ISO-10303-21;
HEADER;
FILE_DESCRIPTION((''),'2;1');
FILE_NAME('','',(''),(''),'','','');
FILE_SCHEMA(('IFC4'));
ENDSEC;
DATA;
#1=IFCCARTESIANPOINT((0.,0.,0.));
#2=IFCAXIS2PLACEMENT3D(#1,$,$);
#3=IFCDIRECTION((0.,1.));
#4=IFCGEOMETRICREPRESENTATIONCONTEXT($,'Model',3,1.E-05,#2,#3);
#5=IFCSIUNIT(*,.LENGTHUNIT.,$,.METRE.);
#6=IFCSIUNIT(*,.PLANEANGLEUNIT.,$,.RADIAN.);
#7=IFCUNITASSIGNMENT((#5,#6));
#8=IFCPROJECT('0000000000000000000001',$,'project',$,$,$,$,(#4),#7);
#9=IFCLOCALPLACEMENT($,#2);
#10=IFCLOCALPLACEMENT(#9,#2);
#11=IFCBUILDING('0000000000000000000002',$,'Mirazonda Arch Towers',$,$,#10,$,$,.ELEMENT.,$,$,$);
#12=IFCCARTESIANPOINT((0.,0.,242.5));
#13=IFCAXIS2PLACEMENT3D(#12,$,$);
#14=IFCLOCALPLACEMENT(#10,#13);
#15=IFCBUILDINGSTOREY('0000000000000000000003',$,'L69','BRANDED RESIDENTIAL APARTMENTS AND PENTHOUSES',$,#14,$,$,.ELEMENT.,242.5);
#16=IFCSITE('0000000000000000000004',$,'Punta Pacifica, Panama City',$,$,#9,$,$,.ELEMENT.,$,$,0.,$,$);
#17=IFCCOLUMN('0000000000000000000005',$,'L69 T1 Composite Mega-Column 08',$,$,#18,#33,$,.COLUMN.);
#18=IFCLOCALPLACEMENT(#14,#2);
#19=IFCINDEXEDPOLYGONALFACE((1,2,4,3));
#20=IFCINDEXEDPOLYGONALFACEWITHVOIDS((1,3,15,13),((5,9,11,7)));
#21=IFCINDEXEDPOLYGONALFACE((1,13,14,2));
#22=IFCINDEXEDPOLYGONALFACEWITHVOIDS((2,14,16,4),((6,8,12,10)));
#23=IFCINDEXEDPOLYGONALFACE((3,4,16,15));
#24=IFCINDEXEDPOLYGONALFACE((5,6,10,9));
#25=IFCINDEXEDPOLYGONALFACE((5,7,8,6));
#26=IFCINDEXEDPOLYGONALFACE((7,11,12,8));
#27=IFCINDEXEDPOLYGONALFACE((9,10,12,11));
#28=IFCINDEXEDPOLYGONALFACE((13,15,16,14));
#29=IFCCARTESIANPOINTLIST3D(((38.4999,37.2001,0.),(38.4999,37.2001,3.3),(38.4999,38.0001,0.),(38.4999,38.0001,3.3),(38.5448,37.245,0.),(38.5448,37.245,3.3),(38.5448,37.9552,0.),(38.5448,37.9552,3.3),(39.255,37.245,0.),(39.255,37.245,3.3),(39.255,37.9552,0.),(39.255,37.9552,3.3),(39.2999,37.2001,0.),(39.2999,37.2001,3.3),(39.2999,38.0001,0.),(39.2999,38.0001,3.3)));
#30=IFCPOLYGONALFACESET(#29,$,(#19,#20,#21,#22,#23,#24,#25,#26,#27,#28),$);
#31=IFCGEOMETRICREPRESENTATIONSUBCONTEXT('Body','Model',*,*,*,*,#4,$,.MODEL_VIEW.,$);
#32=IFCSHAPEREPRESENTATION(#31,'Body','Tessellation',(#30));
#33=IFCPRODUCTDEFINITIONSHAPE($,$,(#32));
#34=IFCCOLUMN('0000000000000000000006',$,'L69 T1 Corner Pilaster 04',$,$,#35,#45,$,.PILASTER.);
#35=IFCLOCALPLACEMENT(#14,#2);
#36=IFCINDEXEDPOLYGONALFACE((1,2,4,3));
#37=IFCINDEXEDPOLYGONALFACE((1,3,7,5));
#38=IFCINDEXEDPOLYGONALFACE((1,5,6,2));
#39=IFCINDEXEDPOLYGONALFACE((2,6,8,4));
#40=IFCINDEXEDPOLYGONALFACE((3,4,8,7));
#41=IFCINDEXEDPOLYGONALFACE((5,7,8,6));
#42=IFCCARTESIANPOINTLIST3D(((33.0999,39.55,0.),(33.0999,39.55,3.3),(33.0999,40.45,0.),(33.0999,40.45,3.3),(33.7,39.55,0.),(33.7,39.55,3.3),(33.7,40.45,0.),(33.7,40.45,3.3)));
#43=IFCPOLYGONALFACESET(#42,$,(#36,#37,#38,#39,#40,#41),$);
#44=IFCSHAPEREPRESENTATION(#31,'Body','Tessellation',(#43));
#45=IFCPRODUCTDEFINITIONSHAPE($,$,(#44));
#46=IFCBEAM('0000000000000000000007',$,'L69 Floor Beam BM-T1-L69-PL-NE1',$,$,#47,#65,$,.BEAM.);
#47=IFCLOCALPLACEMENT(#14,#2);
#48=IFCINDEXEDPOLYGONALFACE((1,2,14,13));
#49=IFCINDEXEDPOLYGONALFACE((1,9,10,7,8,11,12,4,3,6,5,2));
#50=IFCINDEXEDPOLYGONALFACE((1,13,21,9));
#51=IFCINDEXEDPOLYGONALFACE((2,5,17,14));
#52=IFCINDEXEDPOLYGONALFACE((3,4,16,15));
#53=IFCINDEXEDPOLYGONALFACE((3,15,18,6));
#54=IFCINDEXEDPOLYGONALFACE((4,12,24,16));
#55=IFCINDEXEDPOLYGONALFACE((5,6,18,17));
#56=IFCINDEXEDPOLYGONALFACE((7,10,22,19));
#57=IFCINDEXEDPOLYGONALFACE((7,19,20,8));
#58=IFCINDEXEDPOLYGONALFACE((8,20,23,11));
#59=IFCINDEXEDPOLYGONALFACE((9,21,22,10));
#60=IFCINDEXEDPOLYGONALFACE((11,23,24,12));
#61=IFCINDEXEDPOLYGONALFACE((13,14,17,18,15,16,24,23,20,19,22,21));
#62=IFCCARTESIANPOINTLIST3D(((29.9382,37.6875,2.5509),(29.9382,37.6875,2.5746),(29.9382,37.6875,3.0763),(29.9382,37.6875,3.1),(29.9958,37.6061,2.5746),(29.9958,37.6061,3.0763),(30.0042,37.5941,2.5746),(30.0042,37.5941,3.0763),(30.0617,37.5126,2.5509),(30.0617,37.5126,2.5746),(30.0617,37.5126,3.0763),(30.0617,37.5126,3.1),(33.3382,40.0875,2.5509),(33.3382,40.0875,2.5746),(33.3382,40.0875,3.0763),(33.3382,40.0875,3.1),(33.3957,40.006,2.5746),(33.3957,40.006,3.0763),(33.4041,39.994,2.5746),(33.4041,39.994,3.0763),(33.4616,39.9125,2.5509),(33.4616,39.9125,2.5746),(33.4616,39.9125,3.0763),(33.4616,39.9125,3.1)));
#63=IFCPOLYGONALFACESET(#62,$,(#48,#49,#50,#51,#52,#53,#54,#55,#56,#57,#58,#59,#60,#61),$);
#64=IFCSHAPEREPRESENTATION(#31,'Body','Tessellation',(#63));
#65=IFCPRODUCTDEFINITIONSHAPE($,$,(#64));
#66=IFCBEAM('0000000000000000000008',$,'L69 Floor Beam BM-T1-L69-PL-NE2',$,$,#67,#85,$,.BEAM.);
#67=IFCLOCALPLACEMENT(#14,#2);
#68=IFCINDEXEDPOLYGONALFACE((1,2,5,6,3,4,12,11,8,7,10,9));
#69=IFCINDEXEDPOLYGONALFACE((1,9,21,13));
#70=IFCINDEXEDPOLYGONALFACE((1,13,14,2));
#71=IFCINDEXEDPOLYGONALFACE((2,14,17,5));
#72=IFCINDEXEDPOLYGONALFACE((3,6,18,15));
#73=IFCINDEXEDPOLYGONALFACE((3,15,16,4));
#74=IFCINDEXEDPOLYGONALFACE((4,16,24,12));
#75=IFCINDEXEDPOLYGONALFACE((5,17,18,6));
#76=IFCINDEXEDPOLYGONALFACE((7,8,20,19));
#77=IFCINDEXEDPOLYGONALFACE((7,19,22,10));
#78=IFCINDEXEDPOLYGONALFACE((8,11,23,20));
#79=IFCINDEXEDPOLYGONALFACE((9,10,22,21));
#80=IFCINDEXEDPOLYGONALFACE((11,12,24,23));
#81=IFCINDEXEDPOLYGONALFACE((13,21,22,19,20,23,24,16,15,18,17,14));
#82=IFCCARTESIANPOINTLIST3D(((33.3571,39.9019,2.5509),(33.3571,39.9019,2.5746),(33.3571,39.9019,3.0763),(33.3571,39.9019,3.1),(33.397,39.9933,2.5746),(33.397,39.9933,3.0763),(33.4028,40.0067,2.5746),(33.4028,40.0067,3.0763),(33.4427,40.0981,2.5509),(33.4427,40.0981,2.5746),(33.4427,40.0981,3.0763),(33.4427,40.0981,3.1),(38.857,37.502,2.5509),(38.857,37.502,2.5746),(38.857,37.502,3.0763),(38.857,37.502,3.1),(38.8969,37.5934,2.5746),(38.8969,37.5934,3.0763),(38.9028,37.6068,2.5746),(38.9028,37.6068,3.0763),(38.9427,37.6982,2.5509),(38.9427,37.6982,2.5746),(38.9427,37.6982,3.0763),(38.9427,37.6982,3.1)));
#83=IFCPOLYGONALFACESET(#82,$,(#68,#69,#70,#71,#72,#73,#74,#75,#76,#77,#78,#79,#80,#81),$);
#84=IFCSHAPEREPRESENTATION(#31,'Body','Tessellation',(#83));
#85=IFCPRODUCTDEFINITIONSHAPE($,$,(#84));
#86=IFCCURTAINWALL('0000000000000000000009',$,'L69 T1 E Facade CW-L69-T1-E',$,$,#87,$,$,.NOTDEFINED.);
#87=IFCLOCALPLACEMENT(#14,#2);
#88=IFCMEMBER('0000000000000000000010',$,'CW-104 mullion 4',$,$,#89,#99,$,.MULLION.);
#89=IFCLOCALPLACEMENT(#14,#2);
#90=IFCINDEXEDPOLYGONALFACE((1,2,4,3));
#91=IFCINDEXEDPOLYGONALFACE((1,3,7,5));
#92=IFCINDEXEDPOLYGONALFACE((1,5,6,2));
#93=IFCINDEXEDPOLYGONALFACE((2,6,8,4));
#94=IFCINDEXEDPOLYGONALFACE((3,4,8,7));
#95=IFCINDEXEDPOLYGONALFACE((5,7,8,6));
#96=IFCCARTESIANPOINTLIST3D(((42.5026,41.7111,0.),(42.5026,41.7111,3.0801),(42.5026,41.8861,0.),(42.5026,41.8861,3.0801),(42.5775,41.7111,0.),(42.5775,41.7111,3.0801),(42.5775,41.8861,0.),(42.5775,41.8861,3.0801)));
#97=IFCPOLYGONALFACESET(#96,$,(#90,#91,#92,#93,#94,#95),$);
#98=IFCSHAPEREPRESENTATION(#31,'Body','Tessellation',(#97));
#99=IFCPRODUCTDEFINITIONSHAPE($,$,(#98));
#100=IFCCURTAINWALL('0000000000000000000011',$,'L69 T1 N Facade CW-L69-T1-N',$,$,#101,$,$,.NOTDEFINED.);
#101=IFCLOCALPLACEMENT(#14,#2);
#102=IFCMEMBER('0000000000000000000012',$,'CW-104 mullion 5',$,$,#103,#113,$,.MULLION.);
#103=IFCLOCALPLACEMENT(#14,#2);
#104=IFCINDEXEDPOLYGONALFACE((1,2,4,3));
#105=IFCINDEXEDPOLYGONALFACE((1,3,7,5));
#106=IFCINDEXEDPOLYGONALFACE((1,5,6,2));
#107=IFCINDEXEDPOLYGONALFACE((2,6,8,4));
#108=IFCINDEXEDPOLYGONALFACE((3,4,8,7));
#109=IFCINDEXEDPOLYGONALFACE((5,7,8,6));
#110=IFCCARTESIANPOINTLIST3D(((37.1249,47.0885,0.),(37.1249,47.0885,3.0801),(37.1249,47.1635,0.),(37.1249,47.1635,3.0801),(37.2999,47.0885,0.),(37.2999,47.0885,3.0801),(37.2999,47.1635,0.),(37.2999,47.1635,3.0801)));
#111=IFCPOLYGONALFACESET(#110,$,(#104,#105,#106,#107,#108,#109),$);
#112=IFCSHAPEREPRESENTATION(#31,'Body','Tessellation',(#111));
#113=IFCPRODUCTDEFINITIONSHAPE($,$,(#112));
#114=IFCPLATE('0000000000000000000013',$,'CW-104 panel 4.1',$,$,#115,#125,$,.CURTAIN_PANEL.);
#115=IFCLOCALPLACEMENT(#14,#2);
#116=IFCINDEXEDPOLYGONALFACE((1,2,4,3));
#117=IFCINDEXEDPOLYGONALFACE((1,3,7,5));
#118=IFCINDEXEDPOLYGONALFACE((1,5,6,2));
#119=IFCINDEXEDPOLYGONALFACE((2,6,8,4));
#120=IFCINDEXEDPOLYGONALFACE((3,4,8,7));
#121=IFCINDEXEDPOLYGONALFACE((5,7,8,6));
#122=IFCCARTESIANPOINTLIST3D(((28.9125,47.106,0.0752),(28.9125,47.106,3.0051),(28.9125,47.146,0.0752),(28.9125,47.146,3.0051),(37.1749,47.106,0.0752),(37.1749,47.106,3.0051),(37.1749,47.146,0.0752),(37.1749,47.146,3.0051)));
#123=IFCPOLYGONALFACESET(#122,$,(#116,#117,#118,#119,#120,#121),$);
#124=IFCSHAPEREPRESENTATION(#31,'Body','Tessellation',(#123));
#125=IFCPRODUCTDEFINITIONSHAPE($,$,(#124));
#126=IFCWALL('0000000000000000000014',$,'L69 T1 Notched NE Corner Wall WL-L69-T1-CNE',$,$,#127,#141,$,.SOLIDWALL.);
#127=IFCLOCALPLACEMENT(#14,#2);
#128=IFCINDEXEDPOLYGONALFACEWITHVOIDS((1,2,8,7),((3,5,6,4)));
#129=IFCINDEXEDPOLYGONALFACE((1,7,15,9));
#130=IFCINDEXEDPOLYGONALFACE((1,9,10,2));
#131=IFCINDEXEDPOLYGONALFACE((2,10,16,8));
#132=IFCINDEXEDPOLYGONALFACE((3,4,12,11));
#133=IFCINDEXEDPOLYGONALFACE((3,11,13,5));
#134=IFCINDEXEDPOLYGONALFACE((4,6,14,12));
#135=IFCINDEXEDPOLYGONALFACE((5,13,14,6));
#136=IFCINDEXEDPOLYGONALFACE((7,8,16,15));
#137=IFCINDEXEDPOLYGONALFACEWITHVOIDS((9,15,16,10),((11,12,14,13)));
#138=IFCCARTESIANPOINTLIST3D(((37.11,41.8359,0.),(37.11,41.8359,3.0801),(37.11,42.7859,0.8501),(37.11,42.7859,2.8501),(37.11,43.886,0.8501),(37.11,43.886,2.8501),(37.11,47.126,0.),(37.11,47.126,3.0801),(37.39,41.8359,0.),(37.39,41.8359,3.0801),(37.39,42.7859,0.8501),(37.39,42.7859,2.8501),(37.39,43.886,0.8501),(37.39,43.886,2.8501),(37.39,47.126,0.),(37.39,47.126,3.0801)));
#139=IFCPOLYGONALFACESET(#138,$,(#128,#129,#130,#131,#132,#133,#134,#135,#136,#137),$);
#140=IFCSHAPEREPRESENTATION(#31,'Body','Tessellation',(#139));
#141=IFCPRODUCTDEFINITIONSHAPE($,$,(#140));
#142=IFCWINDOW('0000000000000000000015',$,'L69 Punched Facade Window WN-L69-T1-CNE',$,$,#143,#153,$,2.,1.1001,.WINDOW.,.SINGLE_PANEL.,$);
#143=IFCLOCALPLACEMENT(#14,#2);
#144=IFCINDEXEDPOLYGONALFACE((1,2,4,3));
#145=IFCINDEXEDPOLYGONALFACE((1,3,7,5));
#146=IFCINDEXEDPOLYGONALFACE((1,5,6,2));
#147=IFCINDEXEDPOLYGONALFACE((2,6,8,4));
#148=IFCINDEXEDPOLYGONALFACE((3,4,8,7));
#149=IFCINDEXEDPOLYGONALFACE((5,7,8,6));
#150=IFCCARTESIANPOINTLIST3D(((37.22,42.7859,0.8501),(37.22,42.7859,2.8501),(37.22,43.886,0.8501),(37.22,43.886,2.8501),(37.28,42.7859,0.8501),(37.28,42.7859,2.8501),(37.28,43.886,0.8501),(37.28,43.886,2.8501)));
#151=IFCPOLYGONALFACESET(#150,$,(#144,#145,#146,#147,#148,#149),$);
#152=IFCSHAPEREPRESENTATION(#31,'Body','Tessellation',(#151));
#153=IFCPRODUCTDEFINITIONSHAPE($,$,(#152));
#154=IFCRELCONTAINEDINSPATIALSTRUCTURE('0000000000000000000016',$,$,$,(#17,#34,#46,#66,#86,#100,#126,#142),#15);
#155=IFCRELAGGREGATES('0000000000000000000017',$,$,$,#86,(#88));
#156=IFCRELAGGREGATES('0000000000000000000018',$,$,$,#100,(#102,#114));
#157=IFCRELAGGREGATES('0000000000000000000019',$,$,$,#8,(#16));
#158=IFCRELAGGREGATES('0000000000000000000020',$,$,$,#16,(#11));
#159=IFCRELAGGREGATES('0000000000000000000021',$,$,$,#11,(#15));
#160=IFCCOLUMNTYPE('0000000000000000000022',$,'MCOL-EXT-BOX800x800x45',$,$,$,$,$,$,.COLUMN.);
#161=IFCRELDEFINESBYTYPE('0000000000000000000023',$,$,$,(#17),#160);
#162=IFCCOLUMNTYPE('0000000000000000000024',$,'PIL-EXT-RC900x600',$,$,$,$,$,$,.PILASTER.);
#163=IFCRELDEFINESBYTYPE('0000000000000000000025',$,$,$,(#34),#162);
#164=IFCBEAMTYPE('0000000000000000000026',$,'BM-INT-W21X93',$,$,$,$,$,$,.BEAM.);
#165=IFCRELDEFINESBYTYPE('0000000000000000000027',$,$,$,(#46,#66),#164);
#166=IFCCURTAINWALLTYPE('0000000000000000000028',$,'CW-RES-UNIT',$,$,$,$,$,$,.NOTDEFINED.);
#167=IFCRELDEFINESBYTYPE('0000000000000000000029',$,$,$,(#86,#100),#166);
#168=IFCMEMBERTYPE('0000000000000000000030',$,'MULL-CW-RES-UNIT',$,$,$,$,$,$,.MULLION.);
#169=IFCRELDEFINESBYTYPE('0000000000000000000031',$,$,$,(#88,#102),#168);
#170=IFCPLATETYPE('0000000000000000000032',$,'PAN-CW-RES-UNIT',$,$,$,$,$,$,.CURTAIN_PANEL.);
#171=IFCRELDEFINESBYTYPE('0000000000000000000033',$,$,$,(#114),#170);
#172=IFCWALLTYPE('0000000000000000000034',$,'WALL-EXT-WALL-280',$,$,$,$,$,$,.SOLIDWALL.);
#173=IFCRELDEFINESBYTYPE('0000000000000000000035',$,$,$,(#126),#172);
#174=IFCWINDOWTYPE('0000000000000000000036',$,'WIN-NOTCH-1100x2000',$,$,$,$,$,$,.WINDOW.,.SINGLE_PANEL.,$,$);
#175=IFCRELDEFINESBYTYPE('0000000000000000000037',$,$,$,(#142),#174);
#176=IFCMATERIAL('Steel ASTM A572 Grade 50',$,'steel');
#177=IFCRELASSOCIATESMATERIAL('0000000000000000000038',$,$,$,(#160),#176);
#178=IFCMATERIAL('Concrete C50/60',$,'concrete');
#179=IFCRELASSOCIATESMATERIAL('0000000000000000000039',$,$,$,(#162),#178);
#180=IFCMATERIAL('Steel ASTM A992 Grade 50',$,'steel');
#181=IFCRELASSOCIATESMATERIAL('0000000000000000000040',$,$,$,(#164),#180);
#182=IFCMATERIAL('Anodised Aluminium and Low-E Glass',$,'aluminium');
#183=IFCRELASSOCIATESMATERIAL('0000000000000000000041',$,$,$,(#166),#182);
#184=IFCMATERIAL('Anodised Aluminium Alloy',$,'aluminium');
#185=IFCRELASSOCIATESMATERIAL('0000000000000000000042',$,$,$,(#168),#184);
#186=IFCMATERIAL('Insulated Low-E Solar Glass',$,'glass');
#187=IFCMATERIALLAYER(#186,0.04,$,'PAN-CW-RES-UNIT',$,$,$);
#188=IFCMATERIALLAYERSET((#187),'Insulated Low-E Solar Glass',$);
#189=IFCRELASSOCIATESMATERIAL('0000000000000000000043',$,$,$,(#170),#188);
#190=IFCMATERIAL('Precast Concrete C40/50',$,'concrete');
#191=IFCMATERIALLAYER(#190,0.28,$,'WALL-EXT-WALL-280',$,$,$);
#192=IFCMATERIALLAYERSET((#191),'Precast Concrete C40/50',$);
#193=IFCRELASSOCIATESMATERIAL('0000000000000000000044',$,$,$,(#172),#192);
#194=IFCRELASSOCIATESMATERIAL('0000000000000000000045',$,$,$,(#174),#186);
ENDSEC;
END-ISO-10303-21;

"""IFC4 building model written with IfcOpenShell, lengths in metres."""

from ifc_helpers import new_model, si_unit, direction, frame, frame_2d, origin, origin_2d, place, context, subcontext, project, spatial, rectangle, hollow_rectangle, i_section, extrude, material, layer, layer_set, material_profile, profile_set, type_object, element, fill, aggregate, save


model = new_model("IFC4")

# Units and contexts
model_context = context("Model", 3, precision=1e-05, world=origin(), true_north=direction((0.0, 1.0)))
body_context = subcontext(model_context, "Body", "Model", "MODEL_VIEW")
ifc_project = project(units=[si_unit("LENGTHUNIT", "METRE"), si_unit("PLANEANGLEUNIT", "RADIAN")], contexts=[model_context])

# Site, building, storey
site_placement = place(None, origin())
site = spatial("IfcSite", under=ifc_project, at=site_placement, Name="Punta Pacifica, Panama City", CompositionType="ELEMENT", RefElevation=0.0)
building_placement = place(site_placement, origin())
building = spatial("IfcBuilding", under=site, at=building_placement, Name="Mirazonda Arch Towers", CompositionType="ELEMENT")
storey_placement = place(building_placement, frame((0.0, 0.0, 242.5)))
storey = spatial("IfcBuildingStorey", under=building, at=storey_placement, Name="L69", Description="BRANDED RESIDENTIAL APARTMENTS AND PENTHOUSES", CompositionType="ELEMENT", Elevation=242.5)

# Columns
ifc_material_1 = material(Name="Steel ASTM A572 Grade 50", Category="steel")
ifc_material_profile_1 = material_profile(ifc_material_1, hollow_rectangle(XDim=0.8, YDim=0.8, WallThickness=0.0449, at=origin_2d()), Name="BOX800x800x45")
ifc_profile_set_1 = profile_set([ifc_material_profile_1], Name="Steel ASTM A572 Grade 50")
column_type_1 = type_object("IfcColumnType", Name="MCOL-EXT-BOX800x800x45", PredefinedType="COLUMN", material=ifc_profile_set_1)
column_1_placement = place(storey_placement, frame((38.8999, 37.6001, 0.0), z_axis=(0.0, 0.0, 1.0), x_axis=(1.0, 0.0, 0.0)))
element("IfcColumn", 1, at=column_1_placement, inside=storey, type_object=column_type_1, Name="L69 T1 Composite Mega-Column 08", PredefinedType="COLUMN", context=body_context, shape_type="SweptSolid", body=[
    extrude(hollow_rectangle(XDim=0.8, YDim=0.8, WallThickness=0.0449, at=origin_2d()), origin(), (0.0, 0.0, 1.0), 3.3),
])
ifc_material_2 = material(Name="Concrete C50/60", Category="concrete")
ifc_material_profile_2 = material_profile(ifc_material_2, rectangle(XDim=0.6001, YDim=0.8999, at=origin_2d()), Name="RC900x600")
ifc_profile_set_2 = profile_set([ifc_material_profile_2], Name="Concrete C50/60")
column_type_2 = type_object("IfcColumnType", Name="PIL-EXT-RC900x600", PredefinedType="PILASTER", material=ifc_profile_set_2)
column_2_placement = place(storey_placement, frame((33.3999, 40.0, 0.0), z_axis=(0.0, 0.0, 1.0), x_axis=(1.0, 0.0, 0.0)))
element("IfcColumn", 2, at=column_2_placement, inside=storey, type_object=column_type_2, Name="L69 T1 Corner Pilaster 04", PredefinedType="PILASTER", context=body_context, shape_type="SweptSolid", body=[
    extrude(rectangle(XDim=0.6001, YDim=0.8999, at=origin_2d()), origin(), (0.0, 0.0, 1.0), 3.3),
])

# Beams
ifc_material_3 = material(Name="Steel ASTM A992 Grade 50", Category="steel")
ifc_material_profile_3 = material_profile(ifc_material_3, i_section(OverallWidth=0.2141, OverallDepth=0.5491, WebThickness=0.0146, FlangeThickness=0.0237, at=origin_2d()), Name="W21X93")
ifc_profile_set_3 = profile_set([ifc_material_profile_3], Name="Steel ASTM A992 Grade 50")
beam_type = type_object("IfcBeamType", Name="BM-INT-W21X93", PredefinedType="BEAM", material=ifc_profile_set_3)
beam_1_placement = place(storey_placement, frame((33.3999, 40.0, 2.8254), z_axis=(-0.816971, -0.576679, 0.0), x_axis=(0.576679, -0.816971, 0.0)))
element("IfcBeam", 3, at=beam_1_placement, inside=storey, type_object=beam_type, Name="L69 Floor Beam BM-T1-L69-PL-NE1", PredefinedType="BEAM", context=body_context, shape_type="SweptSolid", body=[
    extrude(i_section(OverallWidth=0.2141, OverallDepth=0.5491, WebThickness=0.0146, FlangeThickness=0.0237, at=origin_2d()), origin(), (0.0, 0.0, 1.0), 4.1616),
])
beam_2_placement = place(storey_placement, frame((33.3999, 40.0, 2.8254), z_axis=(0.916545, -0.399931, 0.0), x_axis=(0.399931, 0.916545, 0.0)))
element("IfcBeam", 4, at=beam_2_placement, inside=storey, type_object=beam_type, Name="L69 Floor Beam BM-T1-L69-PL-NE2", PredefinedType="BEAM", context=body_context, shape_type="SweptSolid", body=[
    extrude(i_section(OverallWidth=0.2141, OverallDepth=0.5491, WebThickness=0.0146, FlangeThickness=0.0237, at=origin_2d()), origin(), (0.0, 0.0, 1.0), 6.0007),
])

# Curtain wall, member
ifc_material_4 = material(Name="Anodised Aluminium and Low-E Glass", Category="aluminium")
curtain_wall_type = type_object("IfcCurtainWallType", Name="CW-RES-UNIT", PredefinedType="NOTDEFINED", material=ifc_material_4)
curtain_wall_1_placement = place(storey_placement, origin())
curtain_wall_1 = element("IfcCurtainWall", 5, at=curtain_wall_1_placement, inside=storey, type_object=curtain_wall_type, Name="L69 T1 E Facade CW-L69-T1-E", PredefinedType="NOTDEFINED")
ifc_material_5 = material(Name="Anodised Aluminium Alloy", Category="aluminium")
ifc_material_profile_4 = material_profile(ifc_material_5, rectangle(XDim=0.075, YDim=0.175, at=origin_2d()), Name="ALU-MULL-75x175")
ifc_profile_set_4 = profile_set([ifc_material_profile_4], Name="Anodised Aluminium Alloy")
member_type = type_object("IfcMemberType", Name="MULL-CW-RES-UNIT", PredefinedType="MULLION", material=ifc_profile_set_4)
member_1_placement = place(storey_placement, frame((42.54, 41.7986, 0.0), z_axis=(0.0, 0.0, 1.0), x_axis=(-1.0, 0.0, 0.0)))
member_1 = element("IfcMember", 6, at=member_1_placement, type_object=member_type, Name="CW-104 mullion 4", PredefinedType="MULLION", context=body_context, shape_type="SweptSolid", body=[
    extrude(rectangle(XDim=0.075, YDim=0.175, at=origin_2d()), origin(), (0.0, 0.0, 1.0), 3.0801),
])
aggregate(curtain_wall_1, [member_1])

# Curtain wall, member, plate
curtain_wall_2_placement = place(storey_placement, origin())
curtain_wall_2 = element("IfcCurtainWall", 7, at=curtain_wall_2_placement, inside=storey, type_object=curtain_wall_type, Name="L69 T1 N Facade CW-L69-T1-N", PredefinedType="NOTDEFINED")
member_2_placement = place(storey_placement, frame((37.2124, 47.126, 0.0), z_axis=(0.0, 0.0, 1.0), x_axis=(0.0, 1.0, 0.0)))
member_2 = element("IfcMember", 8, at=member_2_placement, type_object=member_type, Name="CW-104 mullion 5", PredefinedType="MULLION", context=body_context, shape_type="SweptSolid", body=[
    extrude(rectangle(XDim=0.075, YDim=0.175, at=origin_2d()), origin(), (0.0, 0.0, 1.0), 3.0801),
])
ifc_material_6 = material(Name="Insulated Low-E Solar Glass", Category="glass")
ifc_layer_1 = layer(ifc_material_6, 0.04, Name="PAN-CW-RES-UNIT")
ifc_layer_set_1 = layer_set([ifc_layer_1], Name="Insulated Low-E Solar Glass")
plate_type = type_object("IfcPlateType", Name="PAN-CW-RES-UNIT", PredefinedType="CURTAIN_PANEL", material=ifc_layer_set_1)
plate_placement = place(storey_placement, frame((33.0437, 47.126, 0.0752), z_axis=(0.0, 0.0, 1.0), x_axis=(1.0, 0.0, 0.0)))
plate = element("IfcPlate", 9, at=plate_placement, type_object=plate_type, Name="CW-104 panel 4.1", PredefinedType="CURTAIN_PANEL", context=body_context, shape_type="SweptSolid", body=[
    extrude(rectangle(XDim=8.2625, YDim=0.04, at=origin_2d()), origin(), (0.0, 0.0, 1.0), 2.9299),
])
aggregate(curtain_wall_2, [member_2, plate])

# Wall, opening, window
ifc_material_7 = material(Name="Precast Concrete C40/50", Category="concrete")
ifc_layer_2 = layer(ifc_material_7, 0.28, Name="WALL-EXT-WALL-280")
ifc_layer_set_2 = layer_set([ifc_layer_2], Name="Precast Concrete C40/50")
wall_type_1 = type_object("IfcWallType", Name="WALL-EXT-WALL-280", PredefinedType="SOLIDWALL", material=ifc_layer_set_2)
wall_1_placement = place(storey_placement, frame((37.25, 41.8359, 0.0), z_axis=(0.0, 0.0, 1.0), x_axis=(0.0, 1.0, 0.0)))
wall_1 = element("IfcWall", 10, at=wall_1_placement, inside=storey, type_object=wall_type_1, Name="L69 T1 Notched NE Corner Wall WL-L69-T1-CNE", PredefinedType="SOLIDWALL", context=body_context, shape_type="SweptSolid", body=[
    extrude(rectangle(XDim=5.29, YDim=0.28, at=frame_2d((2.645, 0.0))), origin(), (0.0, 0.0, 1.0), 3.0801),
])
opening_1_placement = place(wall_1_placement, frame((0.95, 0.0, 0.8501)))
opening_1 = element("IfcOpeningElement", 11, at=opening_1_placement, cuts=wall_1, PredefinedType="OPENING", context=body_context, shape_type="SweptSolid", body=[
    extrude(rectangle(XDim=1.1001, YDim=2.0, at=frame_2d((0.55, 1.0))), frame((0.0, 0.1499, 0.0), z_axis=(0.0, -1.0, 0.0), x_axis=(1.0, 0.0, 0.0)), (0.0, 0.0, 1.0), 0.3),
])
window_type = type_object("IfcWindowType", Name="WIN-NOTCH-1100x2000", PartitioningType="SINGLE_PANEL", PredefinedType="WINDOW", material=ifc_material_6)
window_1_placement = place(opening_1_placement, origin())
window_1 = element("IfcWindow", 12, at=window_1_placement, inside=storey, type_object=window_type, Name="L69 Punched Facade Window WN-L69-T1-CNE", OverallHeight=2.0, OverallWidth=1.1001, PartitioningType="SINGLE_PANEL", PredefinedType="WINDOW", context=body_context, shape_type="SweptSolid", body=[
    extrude(rectangle(XDim=1.1001, YDim=2.0, at=frame_2d((0.55, 1.0))), frame((0.0, 0.03, 0.0), z_axis=(0.0, -1.0, 0.0), x_axis=(1.0, 0.0, 0.0)), (0.0, 0.0, 1.0), 0.0601),
])
fill(opening_1, window_1)

save(model, "model.ifc")
